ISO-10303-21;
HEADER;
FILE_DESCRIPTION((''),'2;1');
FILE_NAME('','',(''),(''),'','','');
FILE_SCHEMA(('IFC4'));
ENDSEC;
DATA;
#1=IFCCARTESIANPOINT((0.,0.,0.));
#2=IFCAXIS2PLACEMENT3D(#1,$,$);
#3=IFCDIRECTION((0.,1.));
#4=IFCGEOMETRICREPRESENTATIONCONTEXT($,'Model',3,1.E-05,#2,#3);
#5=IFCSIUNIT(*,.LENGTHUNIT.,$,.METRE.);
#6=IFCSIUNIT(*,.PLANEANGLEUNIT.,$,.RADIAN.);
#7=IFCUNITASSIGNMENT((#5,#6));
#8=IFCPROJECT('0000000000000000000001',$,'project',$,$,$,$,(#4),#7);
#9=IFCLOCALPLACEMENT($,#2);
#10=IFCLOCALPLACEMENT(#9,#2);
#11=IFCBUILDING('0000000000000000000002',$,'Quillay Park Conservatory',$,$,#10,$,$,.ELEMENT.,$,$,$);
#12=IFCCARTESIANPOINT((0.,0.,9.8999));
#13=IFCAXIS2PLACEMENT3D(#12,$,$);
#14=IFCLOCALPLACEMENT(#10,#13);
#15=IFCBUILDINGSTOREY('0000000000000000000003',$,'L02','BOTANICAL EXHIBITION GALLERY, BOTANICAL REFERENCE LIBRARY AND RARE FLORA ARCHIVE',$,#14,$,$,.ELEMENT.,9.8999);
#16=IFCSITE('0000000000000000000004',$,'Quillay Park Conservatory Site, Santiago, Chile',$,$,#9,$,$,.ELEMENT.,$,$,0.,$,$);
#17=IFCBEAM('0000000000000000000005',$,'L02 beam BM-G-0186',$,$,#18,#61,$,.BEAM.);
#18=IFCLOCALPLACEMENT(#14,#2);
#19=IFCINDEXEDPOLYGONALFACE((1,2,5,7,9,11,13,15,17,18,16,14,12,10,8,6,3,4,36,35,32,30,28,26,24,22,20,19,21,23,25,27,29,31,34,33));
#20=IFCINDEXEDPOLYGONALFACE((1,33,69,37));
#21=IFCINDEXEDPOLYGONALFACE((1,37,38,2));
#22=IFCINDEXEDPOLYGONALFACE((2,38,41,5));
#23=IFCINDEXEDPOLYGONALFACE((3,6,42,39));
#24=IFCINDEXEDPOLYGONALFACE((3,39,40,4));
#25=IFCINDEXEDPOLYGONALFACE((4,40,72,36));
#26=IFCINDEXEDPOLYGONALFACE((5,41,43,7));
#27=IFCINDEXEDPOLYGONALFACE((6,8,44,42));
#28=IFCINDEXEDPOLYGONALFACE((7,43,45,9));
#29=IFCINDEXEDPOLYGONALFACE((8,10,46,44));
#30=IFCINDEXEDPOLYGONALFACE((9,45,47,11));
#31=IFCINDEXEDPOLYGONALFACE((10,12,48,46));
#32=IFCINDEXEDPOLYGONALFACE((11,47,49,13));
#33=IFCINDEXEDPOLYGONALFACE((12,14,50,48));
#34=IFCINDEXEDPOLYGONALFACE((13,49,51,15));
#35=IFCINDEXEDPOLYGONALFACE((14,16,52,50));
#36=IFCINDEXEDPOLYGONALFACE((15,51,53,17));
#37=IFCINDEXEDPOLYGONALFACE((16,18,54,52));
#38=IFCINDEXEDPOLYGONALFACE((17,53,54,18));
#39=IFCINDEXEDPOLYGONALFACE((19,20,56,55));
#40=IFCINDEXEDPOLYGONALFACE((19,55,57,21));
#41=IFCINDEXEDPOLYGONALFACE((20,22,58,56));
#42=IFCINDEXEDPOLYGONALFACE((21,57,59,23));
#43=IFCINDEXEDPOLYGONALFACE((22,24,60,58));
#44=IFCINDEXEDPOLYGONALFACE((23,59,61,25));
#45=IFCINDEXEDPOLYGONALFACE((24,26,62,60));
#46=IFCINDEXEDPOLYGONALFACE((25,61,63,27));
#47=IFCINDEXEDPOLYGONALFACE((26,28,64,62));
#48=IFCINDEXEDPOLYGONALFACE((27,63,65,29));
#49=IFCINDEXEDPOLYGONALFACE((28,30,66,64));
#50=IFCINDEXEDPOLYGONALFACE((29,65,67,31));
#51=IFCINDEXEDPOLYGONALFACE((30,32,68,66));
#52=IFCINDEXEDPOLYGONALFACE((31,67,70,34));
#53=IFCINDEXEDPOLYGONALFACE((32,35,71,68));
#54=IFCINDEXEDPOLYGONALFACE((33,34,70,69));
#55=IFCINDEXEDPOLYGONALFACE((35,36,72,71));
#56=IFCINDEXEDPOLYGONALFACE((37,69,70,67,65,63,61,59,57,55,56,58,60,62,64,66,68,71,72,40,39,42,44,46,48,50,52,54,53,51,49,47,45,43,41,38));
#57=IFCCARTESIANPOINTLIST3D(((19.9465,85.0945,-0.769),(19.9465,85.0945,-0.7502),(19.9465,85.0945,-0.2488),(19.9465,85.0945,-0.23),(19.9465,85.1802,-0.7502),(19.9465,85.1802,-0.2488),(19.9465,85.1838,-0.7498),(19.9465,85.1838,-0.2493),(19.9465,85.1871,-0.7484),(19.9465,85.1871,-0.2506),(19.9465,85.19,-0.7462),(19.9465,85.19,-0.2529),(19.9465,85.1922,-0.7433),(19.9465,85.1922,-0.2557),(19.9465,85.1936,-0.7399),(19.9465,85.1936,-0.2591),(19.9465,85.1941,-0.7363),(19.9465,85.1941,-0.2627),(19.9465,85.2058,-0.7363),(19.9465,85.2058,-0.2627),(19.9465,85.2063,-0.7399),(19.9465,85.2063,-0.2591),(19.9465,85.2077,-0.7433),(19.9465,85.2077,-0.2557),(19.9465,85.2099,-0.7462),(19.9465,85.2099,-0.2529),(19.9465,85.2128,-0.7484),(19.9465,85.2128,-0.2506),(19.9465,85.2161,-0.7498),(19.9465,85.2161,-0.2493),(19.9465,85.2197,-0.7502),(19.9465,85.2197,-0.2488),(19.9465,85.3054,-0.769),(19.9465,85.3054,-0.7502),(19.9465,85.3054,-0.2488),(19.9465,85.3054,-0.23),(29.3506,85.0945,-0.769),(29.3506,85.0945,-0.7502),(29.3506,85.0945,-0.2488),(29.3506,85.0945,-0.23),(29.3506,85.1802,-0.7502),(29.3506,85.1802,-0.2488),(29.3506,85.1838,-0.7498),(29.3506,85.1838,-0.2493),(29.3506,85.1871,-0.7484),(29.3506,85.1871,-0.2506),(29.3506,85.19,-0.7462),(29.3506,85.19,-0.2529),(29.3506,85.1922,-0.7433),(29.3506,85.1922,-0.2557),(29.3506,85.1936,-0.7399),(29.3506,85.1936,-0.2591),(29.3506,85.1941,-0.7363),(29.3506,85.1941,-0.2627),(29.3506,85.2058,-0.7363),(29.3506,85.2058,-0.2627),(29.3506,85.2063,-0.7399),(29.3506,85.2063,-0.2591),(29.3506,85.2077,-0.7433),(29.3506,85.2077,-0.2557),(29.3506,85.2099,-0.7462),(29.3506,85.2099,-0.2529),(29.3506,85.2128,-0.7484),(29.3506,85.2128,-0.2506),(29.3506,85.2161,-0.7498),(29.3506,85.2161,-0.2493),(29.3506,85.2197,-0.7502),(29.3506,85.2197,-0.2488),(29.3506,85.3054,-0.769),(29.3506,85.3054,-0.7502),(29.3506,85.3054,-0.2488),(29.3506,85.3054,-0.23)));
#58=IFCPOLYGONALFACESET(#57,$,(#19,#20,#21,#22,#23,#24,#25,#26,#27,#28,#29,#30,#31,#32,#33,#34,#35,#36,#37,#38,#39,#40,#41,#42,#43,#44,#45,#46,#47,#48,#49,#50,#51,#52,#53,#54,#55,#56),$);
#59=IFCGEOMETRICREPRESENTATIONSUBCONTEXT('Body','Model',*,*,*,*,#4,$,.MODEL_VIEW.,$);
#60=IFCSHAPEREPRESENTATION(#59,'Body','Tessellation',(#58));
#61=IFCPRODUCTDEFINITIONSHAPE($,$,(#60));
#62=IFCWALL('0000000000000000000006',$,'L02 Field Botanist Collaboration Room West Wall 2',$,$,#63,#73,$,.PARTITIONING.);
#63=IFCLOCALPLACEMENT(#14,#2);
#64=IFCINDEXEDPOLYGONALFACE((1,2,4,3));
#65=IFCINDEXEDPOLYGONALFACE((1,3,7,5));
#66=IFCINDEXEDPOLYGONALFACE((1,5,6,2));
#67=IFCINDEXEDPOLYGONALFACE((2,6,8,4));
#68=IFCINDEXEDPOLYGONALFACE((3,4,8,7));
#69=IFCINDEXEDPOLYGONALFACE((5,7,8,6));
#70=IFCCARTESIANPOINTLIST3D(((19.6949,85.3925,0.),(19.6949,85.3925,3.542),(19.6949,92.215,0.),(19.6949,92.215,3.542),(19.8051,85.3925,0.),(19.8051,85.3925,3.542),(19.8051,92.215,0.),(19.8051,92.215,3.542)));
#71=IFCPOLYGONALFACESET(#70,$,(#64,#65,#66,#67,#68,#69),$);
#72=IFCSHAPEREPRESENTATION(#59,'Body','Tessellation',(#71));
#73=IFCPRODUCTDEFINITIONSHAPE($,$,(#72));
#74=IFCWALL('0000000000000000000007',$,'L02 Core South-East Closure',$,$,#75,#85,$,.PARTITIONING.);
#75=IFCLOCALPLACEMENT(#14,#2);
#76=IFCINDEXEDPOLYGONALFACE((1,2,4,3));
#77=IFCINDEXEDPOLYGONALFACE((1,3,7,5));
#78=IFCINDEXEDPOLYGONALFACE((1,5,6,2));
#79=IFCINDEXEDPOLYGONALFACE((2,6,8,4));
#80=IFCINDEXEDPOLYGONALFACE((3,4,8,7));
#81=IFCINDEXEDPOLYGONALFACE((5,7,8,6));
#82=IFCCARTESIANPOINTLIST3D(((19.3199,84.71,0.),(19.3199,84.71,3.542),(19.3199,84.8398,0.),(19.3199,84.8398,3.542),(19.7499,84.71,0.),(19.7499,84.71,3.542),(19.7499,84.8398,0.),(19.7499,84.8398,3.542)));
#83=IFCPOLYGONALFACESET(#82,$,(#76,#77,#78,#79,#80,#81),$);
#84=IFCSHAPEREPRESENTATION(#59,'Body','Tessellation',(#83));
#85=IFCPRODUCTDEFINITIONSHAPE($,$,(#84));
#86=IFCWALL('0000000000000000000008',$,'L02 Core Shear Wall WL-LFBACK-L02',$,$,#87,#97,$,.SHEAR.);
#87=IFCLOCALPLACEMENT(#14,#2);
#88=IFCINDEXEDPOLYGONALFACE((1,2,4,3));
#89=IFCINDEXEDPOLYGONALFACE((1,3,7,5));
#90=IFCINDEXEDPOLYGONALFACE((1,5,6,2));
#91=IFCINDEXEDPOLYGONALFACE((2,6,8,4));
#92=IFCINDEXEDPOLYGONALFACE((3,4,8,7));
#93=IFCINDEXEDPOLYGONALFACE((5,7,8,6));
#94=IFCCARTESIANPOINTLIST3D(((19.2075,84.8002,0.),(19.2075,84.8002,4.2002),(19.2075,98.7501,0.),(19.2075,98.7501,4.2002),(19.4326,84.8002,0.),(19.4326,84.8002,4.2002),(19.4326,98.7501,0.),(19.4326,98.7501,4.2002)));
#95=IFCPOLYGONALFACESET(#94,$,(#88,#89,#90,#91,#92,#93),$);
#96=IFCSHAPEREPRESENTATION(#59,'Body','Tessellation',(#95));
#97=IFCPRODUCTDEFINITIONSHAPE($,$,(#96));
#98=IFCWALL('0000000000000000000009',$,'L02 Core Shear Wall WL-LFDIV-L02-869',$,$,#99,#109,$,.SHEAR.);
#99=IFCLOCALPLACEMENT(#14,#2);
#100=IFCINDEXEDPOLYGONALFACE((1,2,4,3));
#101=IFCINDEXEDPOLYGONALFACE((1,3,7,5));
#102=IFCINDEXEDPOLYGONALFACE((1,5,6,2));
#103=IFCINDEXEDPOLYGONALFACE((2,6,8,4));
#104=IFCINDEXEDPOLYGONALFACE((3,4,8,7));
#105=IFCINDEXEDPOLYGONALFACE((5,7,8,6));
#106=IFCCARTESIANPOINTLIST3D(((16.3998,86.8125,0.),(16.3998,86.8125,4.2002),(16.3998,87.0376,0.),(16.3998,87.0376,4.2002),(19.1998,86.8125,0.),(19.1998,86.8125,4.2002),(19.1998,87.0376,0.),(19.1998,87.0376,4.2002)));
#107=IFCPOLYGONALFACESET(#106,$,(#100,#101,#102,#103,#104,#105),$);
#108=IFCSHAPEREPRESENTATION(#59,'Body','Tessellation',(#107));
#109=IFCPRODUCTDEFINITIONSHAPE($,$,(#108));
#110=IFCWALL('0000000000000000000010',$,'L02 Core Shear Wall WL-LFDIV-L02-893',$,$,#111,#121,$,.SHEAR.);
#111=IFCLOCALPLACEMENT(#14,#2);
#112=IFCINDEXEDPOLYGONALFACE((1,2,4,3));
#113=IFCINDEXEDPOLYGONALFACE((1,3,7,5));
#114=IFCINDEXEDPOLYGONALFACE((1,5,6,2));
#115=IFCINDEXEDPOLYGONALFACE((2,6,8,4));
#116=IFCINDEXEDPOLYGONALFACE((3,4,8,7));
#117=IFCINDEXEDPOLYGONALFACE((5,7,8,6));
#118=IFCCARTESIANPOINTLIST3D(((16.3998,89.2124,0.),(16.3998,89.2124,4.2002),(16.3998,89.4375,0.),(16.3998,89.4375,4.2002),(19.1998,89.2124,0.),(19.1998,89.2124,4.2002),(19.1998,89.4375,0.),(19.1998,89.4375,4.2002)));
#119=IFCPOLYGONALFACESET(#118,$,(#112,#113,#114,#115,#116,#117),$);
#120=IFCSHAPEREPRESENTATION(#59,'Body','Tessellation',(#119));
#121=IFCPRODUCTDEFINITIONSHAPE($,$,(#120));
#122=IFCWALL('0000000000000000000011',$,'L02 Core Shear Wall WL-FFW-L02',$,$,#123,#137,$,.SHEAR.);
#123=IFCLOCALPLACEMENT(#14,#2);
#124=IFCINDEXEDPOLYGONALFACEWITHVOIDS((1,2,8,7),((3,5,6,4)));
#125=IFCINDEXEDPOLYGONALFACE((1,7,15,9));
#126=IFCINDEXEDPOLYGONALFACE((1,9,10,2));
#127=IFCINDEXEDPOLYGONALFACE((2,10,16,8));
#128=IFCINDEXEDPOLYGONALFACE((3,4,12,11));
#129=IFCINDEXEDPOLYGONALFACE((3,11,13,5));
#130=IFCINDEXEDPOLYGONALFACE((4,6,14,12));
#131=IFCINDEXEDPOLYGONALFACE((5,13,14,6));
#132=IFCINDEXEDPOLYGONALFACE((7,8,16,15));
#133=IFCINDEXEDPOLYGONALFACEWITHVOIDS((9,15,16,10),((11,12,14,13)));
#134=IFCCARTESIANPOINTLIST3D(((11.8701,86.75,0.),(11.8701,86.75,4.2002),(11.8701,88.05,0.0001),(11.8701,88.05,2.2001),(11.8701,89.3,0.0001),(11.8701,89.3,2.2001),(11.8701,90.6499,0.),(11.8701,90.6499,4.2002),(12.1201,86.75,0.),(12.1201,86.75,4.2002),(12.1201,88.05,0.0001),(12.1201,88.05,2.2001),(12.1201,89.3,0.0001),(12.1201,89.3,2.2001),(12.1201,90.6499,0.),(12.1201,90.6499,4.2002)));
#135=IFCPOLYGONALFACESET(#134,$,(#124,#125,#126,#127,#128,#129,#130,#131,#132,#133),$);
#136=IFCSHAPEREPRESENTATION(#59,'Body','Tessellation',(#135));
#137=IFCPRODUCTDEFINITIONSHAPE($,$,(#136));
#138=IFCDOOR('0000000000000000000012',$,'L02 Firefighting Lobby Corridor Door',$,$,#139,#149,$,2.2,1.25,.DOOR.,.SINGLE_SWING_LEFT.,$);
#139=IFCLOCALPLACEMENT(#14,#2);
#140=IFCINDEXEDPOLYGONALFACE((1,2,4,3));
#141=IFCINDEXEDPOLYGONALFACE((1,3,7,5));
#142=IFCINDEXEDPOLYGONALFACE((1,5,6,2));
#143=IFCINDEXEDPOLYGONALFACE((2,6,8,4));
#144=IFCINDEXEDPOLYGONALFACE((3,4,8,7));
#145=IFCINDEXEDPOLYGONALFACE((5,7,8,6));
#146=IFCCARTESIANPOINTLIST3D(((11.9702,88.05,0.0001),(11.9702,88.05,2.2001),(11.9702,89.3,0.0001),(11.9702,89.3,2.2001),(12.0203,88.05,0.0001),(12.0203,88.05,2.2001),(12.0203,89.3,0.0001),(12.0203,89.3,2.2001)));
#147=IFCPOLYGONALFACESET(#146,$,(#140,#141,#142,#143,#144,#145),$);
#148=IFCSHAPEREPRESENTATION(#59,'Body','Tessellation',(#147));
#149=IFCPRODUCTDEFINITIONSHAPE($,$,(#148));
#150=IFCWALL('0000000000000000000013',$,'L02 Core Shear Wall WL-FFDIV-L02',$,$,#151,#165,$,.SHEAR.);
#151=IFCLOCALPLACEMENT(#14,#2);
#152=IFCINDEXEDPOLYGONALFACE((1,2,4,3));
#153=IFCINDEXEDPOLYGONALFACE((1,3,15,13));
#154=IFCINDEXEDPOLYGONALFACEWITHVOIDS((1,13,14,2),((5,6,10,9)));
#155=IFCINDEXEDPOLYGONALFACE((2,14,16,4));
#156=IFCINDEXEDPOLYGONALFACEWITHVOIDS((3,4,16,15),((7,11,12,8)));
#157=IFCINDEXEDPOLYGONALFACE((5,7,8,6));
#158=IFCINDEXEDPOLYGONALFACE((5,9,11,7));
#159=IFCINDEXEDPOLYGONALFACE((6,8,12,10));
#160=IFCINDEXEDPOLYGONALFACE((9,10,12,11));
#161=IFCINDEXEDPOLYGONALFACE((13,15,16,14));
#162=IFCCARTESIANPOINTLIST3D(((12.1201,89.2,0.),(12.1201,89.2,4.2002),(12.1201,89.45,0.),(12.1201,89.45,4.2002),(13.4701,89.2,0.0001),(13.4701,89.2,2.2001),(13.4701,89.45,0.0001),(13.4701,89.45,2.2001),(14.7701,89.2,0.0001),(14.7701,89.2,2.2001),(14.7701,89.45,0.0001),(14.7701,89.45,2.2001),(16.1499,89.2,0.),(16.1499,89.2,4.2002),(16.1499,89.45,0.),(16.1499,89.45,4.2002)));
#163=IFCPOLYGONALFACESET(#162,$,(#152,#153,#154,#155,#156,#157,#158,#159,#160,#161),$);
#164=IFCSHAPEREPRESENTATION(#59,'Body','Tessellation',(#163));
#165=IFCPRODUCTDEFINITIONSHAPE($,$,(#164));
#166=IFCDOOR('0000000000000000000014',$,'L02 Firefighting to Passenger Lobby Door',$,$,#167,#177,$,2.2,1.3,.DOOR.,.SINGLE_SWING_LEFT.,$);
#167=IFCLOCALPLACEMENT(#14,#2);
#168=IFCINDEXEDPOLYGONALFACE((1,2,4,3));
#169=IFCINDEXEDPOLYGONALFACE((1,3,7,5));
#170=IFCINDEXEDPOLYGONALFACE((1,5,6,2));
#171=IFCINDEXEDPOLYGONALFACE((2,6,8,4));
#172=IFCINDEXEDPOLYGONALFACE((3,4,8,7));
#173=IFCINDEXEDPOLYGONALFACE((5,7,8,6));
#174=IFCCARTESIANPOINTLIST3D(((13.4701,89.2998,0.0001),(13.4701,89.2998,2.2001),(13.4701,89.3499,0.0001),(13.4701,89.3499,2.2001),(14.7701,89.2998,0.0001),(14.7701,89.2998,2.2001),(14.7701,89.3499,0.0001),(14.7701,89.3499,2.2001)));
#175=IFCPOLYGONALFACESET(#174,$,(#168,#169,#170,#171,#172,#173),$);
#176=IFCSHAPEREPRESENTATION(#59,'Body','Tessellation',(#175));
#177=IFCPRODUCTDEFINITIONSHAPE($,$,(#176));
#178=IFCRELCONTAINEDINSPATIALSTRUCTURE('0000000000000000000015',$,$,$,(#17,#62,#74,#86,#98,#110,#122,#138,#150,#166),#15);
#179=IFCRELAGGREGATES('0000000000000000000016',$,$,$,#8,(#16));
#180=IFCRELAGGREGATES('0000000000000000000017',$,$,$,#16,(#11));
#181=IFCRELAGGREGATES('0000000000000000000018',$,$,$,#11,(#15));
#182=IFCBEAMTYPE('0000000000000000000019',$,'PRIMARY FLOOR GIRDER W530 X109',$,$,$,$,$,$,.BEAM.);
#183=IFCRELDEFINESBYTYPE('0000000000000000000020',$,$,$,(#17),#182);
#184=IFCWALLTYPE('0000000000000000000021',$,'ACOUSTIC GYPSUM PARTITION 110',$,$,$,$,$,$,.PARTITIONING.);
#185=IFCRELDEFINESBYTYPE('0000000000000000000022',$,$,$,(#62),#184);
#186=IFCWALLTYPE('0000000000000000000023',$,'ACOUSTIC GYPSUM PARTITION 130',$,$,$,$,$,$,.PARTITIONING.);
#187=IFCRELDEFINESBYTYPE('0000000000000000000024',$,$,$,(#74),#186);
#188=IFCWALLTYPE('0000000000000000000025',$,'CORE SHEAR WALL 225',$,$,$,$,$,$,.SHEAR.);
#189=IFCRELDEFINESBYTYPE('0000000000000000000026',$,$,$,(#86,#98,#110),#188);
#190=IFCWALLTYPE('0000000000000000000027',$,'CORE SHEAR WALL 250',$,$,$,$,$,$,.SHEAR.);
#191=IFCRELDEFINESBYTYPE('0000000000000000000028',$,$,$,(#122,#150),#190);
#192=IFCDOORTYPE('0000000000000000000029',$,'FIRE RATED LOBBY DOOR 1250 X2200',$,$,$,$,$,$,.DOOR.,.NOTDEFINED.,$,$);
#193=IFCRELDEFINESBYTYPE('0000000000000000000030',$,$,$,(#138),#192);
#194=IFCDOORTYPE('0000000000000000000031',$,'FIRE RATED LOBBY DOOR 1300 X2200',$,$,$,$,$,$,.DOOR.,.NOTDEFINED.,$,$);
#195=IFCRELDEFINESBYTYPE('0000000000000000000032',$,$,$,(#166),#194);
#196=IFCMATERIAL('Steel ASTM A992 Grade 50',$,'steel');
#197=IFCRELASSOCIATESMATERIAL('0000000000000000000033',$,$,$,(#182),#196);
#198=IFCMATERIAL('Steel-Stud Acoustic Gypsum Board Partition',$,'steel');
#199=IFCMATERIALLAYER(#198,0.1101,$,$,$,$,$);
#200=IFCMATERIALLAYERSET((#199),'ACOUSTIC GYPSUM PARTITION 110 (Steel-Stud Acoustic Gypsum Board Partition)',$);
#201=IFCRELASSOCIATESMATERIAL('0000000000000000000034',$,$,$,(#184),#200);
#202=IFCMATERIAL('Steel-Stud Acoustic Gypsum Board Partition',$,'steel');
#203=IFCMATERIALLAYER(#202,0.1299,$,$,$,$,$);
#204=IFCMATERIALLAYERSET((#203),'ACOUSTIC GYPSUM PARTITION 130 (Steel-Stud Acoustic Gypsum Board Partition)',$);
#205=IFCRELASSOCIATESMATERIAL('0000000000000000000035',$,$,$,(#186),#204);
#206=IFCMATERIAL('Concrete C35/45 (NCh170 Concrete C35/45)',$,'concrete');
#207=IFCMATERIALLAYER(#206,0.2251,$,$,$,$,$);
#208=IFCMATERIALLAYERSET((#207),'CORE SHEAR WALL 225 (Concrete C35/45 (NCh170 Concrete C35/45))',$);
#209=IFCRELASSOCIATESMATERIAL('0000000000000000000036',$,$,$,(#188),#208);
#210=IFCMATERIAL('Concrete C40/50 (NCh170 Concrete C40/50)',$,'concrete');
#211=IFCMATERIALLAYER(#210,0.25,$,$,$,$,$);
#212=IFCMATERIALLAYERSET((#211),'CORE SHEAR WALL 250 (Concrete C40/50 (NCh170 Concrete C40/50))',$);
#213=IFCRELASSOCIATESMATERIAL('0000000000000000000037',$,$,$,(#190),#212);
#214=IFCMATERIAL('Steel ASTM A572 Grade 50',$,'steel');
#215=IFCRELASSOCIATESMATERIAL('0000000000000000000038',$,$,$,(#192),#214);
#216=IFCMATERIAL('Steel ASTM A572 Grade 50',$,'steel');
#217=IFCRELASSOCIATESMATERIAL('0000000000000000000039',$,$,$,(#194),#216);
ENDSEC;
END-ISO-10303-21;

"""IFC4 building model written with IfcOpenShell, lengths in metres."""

from ifc_helpers import new_model, si_unit, direction, frame, frame_2d, origin, origin_2d, place, context, subcontext, project, spatial, rectangle, i_section, extrude, material, layer, layer_set, material_profile, profile_set, type_object, element, fill, save


model = new_model("IFC4")

# Units and contexts
model_context = context("Model", 3, precision=1e-05, world=origin(), true_north=direction((0.0, 1.0)))
body_context = subcontext(model_context, "Body", "Model", "MODEL_VIEW")
ifc_project = project(units=[si_unit("LENGTHUNIT", "METRE"), si_unit("PLANEANGLEUNIT", "RADIAN")], contexts=[model_context])

# Site, building, storey
site_placement = place(None, origin())
site = spatial("IfcSite", under=ifc_project, at=site_placement, Name="Quillay Park Conservatory Site, Santiago, Chile", CompositionType="ELEMENT", RefElevation=0.0)
building_placement = place(site_placement, origin())
building = spatial("IfcBuilding", under=site, at=building_placement, Name="Quillay Park Conservatory", CompositionType="ELEMENT")
storey_placement = place(building_placement, frame((0.0, 0.0, 9.8999)))
storey = spatial("IfcBuildingStorey", under=building, at=storey_placement, Name="L02", Description="BOTANICAL EXHIBITION GALLERY, BOTANICAL REFERENCE LIBRARY AND RARE FLORA ARCHIVE", CompositionType="ELEMENT", Elevation=9.8999)

# Beam
ifc_material_1 = material(Name="Steel ASTM A992 Grade 50", Category="steel")
ifc_material_profile_1 = material_profile(ifc_material_1, i_section(OverallWidth=0.2109, OverallDepth=0.5391, WebThickness=0.0117, FlangeThickness=0.0188, FilletRadius=0.0139, at=origin_2d()), Name="W530x109")
ifc_profile_set_1 = profile_set([ifc_material_profile_1], Name="Steel ASTM A992 Grade 50")
beam_type_1 = type_object("IfcBeamType", Name="PRIMARY FLOOR GIRDER W530 X109", PredefinedType="BEAM", material=ifc_profile_set_1)
beam_1_placement = place(storey_placement, frame((19.9465, 85.2, -0.4995), z_axis=(1.0, 0.0, 0.0), x_axis=(0.0, 1.0, 0.0)))
element("IfcBeam", 1, at=beam_1_placement, inside=storey, type_object=beam_type_1, Name="L02 beam BM-G-0186", PredefinedType="BEAM", context=body_context, shape_type="SweptSolid", body=[
    extrude(i_section(OverallWidth=0.2109, OverallDepth=0.5391, WebThickness=0.0117, FlangeThickness=0.0188, FilletRadius=0.0139, at=origin_2d()), origin(), (0.0, 0.0, 1.0), 9.4041),
])

# Walls
ifc_material_2 = material(Name="Steel-Stud Acoustic Gypsum Board Partition", Category="steel")
ifc_layer_1 = layer(ifc_material_2, 0.1101)
ifc_layer_set_1 = layer_set([ifc_layer_1], Name="ACOUSTIC GYPSUM PARTITION 110 (Steel-Stud Acoustic Gypsum Board Partition)")
wall_type_1 = type_object("IfcWallType", Name="ACOUSTIC GYPSUM PARTITION 110", PredefinedType="PARTITIONING", material=ifc_layer_set_1)
wall_1_placement = place(storey_placement, frame((19.75, 85.3926, 0.0), z_axis=(0.0, 0.0, 1.0), x_axis=(0.0, 1.0, 0.0)))
element("IfcWall", 2, at=wall_1_placement, inside=storey, type_object=wall_type_1, Name="L02 Field Botanist Collaboration Room West Wall 2", PredefinedType="PARTITIONING", context=body_context, shape_type="SweptSolid", body=[
    extrude(rectangle(XDim=6.8225, YDim=0.1101, at=frame_2d((3.4111, 0.0))), origin(), (0.0, 0.0, 1.0), 3.542),
])
ifc_material_3 = material(Name="Steel-Stud Acoustic Gypsum Board Partition", Category="steel")
ifc_layer_2 = layer(ifc_material_3, 0.1299)
ifc_layer_set_2 = layer_set([ifc_layer_2], Name="ACOUSTIC GYPSUM PARTITION 130 (Steel-Stud Acoustic Gypsum Board Partition)")
wall_type_2 = type_object("IfcWallType", Name="ACOUSTIC GYPSUM PARTITION 130", PredefinedType="PARTITIONING", material=ifc_layer_set_2)
wall_2_placement = place(storey_placement, frame((19.3201, 84.7749, 0.0), z_axis=(0.0, 0.0, 1.0), x_axis=(1.0, 0.0, 0.0)))
element("IfcWall", 3, at=wall_2_placement, inside=storey, type_object=wall_type_2, Name="L02 Core South-East Closure", PredefinedType="PARTITIONING", context=body_context, shape_type="SweptSolid", body=[
    extrude(rectangle(XDim=0.4299, YDim=0.1299, at=frame_2d((0.2148, 0.0))), origin(), (0.0, 0.0, 1.0), 3.542),
])
ifc_material_4 = material(Name="Concrete C35/45 (NCh170 Concrete C35/45)", Category="concrete")
ifc_layer_3 = layer(ifc_material_4, 0.2251)
ifc_layer_set_3 = layer_set([ifc_layer_3], Name="CORE SHEAR WALL 225 (Concrete C35/45 (NCh170 Concrete C35/45))")
wall_type_3 = type_object("IfcWallType", Name="CORE SHEAR WALL 225", PredefinedType="SHEAR", material=ifc_layer_set_3)
wall_3_placement = place(storey_placement, frame((19.3201, 84.8, 0.0), z_axis=(0.0, 0.0, 1.0), x_axis=(0.0, 1.0, 0.0)))
element("IfcWall", 4, at=wall_3_placement, inside=storey, type_object=wall_type_3, Name="L02 Core Shear Wall WL-LFBACK-L02", PredefinedType="SHEAR", context=body_context, shape_type="SweptSolid", body=[
    extrude(rectangle(XDim=13.95, YDim=0.2251, at=frame_2d((6.9751, 0.0))), origin(), (0.0, 0.0, 1.0), 4.2002),
])
for number, where, z_axis, x_axis, name in (
    (5, (16.3999, 86.925, 0.0), (0.0, 0.0, 1.0), (1.0, 0.0, 0.0), "L02 Core Shear Wall WL-LFDIV-L02-869"),
    (6, (16.3999, 89.325, 0.0), (0.0, 0.0, 1.0), (1.0, 0.0, 0.0), "L02 Core Shear Wall WL-LFDIV-L02-893"),
):
    element("IfcWall", number, at=place(storey_placement, frame(where, z_axis=z_axis, x_axis=x_axis)), inside=storey, type_object=wall_type_3, Name=name, PredefinedType="SHEAR", context=body_context, shape_type="SweptSolid", body=[
        extrude(rectangle(XDim=2.8, YDim=0.2251, at=frame_2d((1.3999, 0.0))), origin(), (0.0, 0.0, 1.0), 4.2002),
    ])

# Walls, openings, doors
ifc_material_5 = material(Name="Concrete C40/50 (NCh170 Concrete C40/50)", Category="concrete")
ifc_layer_4 = layer(ifc_material_5, 0.25)
ifc_layer_set_4 = layer_set([ifc_layer_4], Name="CORE SHEAR WALL 250 (Concrete C40/50 (NCh170 Concrete C40/50))")
wall_type_4 = type_object("IfcWallType", Name="CORE SHEAR WALL 250", PredefinedType="SHEAR", material=ifc_layer_set_4)
wall_4_placement = place(storey_placement, frame((11.9951, 86.75, 0.0), z_axis=(0.0, 0.0, 1.0), x_axis=(0.0, 1.0, 0.0)))
wall_4 = element("IfcWall", 7, at=wall_4_placement, inside=storey, type_object=wall_type_4, Name="L02 Core Shear Wall WL-FFW-L02", PredefinedType="SHEAR", context=body_context, shape_type="SweptSolid", body=[
    extrude(rectangle(XDim=3.8999, YDim=0.25, at=frame_2d((1.95, 0.0))), origin(), (0.0, 0.0, 1.0), 4.2002),
])
opening_1_placement = place(wall_4_placement, frame((1.3, 0.0, 0.0)))
opening_1 = element("IfcOpeningElement", 8, at=opening_1_placement, cuts=wall_4, PredefinedType="OPENING", context=body_context, shape_type="SweptSolid", body=[
    extrude(rectangle(XDim=1.25, YDim=2.2, at=frame_2d((0.625, 1.1001))), frame((0.0, 0.125, 0.0), z_axis=(0.0, -1.0, 0.0), x_axis=(1.0, 0.0, 0.0)), (0.0, 0.0, 1.0), 0.25),
])
ifc_material_6 = material(Name="Steel ASTM A572 Grade 50", Category="steel")
door_type_1 = type_object("IfcDoorType", Name="FIRE RATED LOBBY DOOR 1250 X2200", OperationType="NOTDEFINED", PredefinedType="DOOR", material=ifc_material_6)
door_1_placement = place(opening_1_placement, origin())
door_1 = element("IfcDoor", 9, at=door_1_placement, inside=storey, type_object=door_type_1, Name="L02 Firefighting Lobby Corridor Door", OperationType="SINGLE_SWING_LEFT", OverallHeight=2.2, OverallWidth=1.25, PredefinedType="DOOR", context=body_context, shape_type="SweptSolid", body=[
    extrude(rectangle(XDim=1.25, YDim=2.2, at=frame_2d((0.625, 1.1001))), frame((0.0, 0.0249, 0.0), z_axis=(0.0, -1.0, 0.0), x_axis=(1.0, 0.0, 0.0)), (0.0, 0.0, 1.0), 0.05),
])
fill(opening_1, door_1)
wall_5_placement = place(storey_placement, frame((12.1201, 89.325, 0.0), z_axis=(0.0, 0.0, 1.0), x_axis=(1.0, 0.0, 0.0)))
wall_5 = element("IfcWall", 10, at=wall_5_placement, inside=storey, type_object=wall_type_4, Name="L02 Core Shear Wall WL-FFDIV-L02", PredefinedType="SHEAR", context=body_context, shape_type="SweptSolid", body=[
    extrude(rectangle(XDim=4.0298, YDim=0.25, at=frame_2d((2.0149, 0.0))), origin(), (0.0, 0.0, 1.0), 4.2002),
])
opening_2_placement = place(wall_5_placement, frame((1.3501, 0.0, 0.0)))
opening_2 = element("IfcOpeningElement", 11, at=opening_2_placement, cuts=wall_5, PredefinedType="OPENING", context=body_context, shape_type="SweptSolid", body=[
    extrude(rectangle(XDim=1.3, YDim=2.2, at=frame_2d((0.6499, 1.1001))), frame((0.0, 0.125, 0.0), z_axis=(0.0, -1.0, 0.0), x_axis=(1.0, 0.0, 0.0)), (0.0, 0.0, 1.0), 0.25),
])
ifc_material_7 = material(Name="Steel ASTM A572 Grade 50", Category="steel")
door_type_2 = type_object("IfcDoorType", Name="FIRE RATED LOBBY DOOR 1300 X2200", OperationType="NOTDEFINED", PredefinedType="DOOR", material=ifc_material_7)
door_2_placement = place(opening_2_placement, origin())
door_2 = element("IfcDoor", 12, at=door_2_placement, inside=storey, type_object=door_type_2, Name="L02 Firefighting to Passenger Lobby Door", OperationType="SINGLE_SWING_LEFT", OverallHeight=2.2, OverallWidth=1.3, PredefinedType="DOOR", context=body_context, shape_type="SweptSolid", body=[
    extrude(rectangle(XDim=1.3, YDim=2.2, at=frame_2d((0.6499, 1.1001))), frame((0.0, 0.0249, 0.0), z_axis=(0.0, -1.0, 0.0), x_axis=(1.0, 0.0, 0.0)), (0.0, 0.0, 1.0), 0.05),
])
fill(opening_2, door_2)

save(model, "model.ifc")
